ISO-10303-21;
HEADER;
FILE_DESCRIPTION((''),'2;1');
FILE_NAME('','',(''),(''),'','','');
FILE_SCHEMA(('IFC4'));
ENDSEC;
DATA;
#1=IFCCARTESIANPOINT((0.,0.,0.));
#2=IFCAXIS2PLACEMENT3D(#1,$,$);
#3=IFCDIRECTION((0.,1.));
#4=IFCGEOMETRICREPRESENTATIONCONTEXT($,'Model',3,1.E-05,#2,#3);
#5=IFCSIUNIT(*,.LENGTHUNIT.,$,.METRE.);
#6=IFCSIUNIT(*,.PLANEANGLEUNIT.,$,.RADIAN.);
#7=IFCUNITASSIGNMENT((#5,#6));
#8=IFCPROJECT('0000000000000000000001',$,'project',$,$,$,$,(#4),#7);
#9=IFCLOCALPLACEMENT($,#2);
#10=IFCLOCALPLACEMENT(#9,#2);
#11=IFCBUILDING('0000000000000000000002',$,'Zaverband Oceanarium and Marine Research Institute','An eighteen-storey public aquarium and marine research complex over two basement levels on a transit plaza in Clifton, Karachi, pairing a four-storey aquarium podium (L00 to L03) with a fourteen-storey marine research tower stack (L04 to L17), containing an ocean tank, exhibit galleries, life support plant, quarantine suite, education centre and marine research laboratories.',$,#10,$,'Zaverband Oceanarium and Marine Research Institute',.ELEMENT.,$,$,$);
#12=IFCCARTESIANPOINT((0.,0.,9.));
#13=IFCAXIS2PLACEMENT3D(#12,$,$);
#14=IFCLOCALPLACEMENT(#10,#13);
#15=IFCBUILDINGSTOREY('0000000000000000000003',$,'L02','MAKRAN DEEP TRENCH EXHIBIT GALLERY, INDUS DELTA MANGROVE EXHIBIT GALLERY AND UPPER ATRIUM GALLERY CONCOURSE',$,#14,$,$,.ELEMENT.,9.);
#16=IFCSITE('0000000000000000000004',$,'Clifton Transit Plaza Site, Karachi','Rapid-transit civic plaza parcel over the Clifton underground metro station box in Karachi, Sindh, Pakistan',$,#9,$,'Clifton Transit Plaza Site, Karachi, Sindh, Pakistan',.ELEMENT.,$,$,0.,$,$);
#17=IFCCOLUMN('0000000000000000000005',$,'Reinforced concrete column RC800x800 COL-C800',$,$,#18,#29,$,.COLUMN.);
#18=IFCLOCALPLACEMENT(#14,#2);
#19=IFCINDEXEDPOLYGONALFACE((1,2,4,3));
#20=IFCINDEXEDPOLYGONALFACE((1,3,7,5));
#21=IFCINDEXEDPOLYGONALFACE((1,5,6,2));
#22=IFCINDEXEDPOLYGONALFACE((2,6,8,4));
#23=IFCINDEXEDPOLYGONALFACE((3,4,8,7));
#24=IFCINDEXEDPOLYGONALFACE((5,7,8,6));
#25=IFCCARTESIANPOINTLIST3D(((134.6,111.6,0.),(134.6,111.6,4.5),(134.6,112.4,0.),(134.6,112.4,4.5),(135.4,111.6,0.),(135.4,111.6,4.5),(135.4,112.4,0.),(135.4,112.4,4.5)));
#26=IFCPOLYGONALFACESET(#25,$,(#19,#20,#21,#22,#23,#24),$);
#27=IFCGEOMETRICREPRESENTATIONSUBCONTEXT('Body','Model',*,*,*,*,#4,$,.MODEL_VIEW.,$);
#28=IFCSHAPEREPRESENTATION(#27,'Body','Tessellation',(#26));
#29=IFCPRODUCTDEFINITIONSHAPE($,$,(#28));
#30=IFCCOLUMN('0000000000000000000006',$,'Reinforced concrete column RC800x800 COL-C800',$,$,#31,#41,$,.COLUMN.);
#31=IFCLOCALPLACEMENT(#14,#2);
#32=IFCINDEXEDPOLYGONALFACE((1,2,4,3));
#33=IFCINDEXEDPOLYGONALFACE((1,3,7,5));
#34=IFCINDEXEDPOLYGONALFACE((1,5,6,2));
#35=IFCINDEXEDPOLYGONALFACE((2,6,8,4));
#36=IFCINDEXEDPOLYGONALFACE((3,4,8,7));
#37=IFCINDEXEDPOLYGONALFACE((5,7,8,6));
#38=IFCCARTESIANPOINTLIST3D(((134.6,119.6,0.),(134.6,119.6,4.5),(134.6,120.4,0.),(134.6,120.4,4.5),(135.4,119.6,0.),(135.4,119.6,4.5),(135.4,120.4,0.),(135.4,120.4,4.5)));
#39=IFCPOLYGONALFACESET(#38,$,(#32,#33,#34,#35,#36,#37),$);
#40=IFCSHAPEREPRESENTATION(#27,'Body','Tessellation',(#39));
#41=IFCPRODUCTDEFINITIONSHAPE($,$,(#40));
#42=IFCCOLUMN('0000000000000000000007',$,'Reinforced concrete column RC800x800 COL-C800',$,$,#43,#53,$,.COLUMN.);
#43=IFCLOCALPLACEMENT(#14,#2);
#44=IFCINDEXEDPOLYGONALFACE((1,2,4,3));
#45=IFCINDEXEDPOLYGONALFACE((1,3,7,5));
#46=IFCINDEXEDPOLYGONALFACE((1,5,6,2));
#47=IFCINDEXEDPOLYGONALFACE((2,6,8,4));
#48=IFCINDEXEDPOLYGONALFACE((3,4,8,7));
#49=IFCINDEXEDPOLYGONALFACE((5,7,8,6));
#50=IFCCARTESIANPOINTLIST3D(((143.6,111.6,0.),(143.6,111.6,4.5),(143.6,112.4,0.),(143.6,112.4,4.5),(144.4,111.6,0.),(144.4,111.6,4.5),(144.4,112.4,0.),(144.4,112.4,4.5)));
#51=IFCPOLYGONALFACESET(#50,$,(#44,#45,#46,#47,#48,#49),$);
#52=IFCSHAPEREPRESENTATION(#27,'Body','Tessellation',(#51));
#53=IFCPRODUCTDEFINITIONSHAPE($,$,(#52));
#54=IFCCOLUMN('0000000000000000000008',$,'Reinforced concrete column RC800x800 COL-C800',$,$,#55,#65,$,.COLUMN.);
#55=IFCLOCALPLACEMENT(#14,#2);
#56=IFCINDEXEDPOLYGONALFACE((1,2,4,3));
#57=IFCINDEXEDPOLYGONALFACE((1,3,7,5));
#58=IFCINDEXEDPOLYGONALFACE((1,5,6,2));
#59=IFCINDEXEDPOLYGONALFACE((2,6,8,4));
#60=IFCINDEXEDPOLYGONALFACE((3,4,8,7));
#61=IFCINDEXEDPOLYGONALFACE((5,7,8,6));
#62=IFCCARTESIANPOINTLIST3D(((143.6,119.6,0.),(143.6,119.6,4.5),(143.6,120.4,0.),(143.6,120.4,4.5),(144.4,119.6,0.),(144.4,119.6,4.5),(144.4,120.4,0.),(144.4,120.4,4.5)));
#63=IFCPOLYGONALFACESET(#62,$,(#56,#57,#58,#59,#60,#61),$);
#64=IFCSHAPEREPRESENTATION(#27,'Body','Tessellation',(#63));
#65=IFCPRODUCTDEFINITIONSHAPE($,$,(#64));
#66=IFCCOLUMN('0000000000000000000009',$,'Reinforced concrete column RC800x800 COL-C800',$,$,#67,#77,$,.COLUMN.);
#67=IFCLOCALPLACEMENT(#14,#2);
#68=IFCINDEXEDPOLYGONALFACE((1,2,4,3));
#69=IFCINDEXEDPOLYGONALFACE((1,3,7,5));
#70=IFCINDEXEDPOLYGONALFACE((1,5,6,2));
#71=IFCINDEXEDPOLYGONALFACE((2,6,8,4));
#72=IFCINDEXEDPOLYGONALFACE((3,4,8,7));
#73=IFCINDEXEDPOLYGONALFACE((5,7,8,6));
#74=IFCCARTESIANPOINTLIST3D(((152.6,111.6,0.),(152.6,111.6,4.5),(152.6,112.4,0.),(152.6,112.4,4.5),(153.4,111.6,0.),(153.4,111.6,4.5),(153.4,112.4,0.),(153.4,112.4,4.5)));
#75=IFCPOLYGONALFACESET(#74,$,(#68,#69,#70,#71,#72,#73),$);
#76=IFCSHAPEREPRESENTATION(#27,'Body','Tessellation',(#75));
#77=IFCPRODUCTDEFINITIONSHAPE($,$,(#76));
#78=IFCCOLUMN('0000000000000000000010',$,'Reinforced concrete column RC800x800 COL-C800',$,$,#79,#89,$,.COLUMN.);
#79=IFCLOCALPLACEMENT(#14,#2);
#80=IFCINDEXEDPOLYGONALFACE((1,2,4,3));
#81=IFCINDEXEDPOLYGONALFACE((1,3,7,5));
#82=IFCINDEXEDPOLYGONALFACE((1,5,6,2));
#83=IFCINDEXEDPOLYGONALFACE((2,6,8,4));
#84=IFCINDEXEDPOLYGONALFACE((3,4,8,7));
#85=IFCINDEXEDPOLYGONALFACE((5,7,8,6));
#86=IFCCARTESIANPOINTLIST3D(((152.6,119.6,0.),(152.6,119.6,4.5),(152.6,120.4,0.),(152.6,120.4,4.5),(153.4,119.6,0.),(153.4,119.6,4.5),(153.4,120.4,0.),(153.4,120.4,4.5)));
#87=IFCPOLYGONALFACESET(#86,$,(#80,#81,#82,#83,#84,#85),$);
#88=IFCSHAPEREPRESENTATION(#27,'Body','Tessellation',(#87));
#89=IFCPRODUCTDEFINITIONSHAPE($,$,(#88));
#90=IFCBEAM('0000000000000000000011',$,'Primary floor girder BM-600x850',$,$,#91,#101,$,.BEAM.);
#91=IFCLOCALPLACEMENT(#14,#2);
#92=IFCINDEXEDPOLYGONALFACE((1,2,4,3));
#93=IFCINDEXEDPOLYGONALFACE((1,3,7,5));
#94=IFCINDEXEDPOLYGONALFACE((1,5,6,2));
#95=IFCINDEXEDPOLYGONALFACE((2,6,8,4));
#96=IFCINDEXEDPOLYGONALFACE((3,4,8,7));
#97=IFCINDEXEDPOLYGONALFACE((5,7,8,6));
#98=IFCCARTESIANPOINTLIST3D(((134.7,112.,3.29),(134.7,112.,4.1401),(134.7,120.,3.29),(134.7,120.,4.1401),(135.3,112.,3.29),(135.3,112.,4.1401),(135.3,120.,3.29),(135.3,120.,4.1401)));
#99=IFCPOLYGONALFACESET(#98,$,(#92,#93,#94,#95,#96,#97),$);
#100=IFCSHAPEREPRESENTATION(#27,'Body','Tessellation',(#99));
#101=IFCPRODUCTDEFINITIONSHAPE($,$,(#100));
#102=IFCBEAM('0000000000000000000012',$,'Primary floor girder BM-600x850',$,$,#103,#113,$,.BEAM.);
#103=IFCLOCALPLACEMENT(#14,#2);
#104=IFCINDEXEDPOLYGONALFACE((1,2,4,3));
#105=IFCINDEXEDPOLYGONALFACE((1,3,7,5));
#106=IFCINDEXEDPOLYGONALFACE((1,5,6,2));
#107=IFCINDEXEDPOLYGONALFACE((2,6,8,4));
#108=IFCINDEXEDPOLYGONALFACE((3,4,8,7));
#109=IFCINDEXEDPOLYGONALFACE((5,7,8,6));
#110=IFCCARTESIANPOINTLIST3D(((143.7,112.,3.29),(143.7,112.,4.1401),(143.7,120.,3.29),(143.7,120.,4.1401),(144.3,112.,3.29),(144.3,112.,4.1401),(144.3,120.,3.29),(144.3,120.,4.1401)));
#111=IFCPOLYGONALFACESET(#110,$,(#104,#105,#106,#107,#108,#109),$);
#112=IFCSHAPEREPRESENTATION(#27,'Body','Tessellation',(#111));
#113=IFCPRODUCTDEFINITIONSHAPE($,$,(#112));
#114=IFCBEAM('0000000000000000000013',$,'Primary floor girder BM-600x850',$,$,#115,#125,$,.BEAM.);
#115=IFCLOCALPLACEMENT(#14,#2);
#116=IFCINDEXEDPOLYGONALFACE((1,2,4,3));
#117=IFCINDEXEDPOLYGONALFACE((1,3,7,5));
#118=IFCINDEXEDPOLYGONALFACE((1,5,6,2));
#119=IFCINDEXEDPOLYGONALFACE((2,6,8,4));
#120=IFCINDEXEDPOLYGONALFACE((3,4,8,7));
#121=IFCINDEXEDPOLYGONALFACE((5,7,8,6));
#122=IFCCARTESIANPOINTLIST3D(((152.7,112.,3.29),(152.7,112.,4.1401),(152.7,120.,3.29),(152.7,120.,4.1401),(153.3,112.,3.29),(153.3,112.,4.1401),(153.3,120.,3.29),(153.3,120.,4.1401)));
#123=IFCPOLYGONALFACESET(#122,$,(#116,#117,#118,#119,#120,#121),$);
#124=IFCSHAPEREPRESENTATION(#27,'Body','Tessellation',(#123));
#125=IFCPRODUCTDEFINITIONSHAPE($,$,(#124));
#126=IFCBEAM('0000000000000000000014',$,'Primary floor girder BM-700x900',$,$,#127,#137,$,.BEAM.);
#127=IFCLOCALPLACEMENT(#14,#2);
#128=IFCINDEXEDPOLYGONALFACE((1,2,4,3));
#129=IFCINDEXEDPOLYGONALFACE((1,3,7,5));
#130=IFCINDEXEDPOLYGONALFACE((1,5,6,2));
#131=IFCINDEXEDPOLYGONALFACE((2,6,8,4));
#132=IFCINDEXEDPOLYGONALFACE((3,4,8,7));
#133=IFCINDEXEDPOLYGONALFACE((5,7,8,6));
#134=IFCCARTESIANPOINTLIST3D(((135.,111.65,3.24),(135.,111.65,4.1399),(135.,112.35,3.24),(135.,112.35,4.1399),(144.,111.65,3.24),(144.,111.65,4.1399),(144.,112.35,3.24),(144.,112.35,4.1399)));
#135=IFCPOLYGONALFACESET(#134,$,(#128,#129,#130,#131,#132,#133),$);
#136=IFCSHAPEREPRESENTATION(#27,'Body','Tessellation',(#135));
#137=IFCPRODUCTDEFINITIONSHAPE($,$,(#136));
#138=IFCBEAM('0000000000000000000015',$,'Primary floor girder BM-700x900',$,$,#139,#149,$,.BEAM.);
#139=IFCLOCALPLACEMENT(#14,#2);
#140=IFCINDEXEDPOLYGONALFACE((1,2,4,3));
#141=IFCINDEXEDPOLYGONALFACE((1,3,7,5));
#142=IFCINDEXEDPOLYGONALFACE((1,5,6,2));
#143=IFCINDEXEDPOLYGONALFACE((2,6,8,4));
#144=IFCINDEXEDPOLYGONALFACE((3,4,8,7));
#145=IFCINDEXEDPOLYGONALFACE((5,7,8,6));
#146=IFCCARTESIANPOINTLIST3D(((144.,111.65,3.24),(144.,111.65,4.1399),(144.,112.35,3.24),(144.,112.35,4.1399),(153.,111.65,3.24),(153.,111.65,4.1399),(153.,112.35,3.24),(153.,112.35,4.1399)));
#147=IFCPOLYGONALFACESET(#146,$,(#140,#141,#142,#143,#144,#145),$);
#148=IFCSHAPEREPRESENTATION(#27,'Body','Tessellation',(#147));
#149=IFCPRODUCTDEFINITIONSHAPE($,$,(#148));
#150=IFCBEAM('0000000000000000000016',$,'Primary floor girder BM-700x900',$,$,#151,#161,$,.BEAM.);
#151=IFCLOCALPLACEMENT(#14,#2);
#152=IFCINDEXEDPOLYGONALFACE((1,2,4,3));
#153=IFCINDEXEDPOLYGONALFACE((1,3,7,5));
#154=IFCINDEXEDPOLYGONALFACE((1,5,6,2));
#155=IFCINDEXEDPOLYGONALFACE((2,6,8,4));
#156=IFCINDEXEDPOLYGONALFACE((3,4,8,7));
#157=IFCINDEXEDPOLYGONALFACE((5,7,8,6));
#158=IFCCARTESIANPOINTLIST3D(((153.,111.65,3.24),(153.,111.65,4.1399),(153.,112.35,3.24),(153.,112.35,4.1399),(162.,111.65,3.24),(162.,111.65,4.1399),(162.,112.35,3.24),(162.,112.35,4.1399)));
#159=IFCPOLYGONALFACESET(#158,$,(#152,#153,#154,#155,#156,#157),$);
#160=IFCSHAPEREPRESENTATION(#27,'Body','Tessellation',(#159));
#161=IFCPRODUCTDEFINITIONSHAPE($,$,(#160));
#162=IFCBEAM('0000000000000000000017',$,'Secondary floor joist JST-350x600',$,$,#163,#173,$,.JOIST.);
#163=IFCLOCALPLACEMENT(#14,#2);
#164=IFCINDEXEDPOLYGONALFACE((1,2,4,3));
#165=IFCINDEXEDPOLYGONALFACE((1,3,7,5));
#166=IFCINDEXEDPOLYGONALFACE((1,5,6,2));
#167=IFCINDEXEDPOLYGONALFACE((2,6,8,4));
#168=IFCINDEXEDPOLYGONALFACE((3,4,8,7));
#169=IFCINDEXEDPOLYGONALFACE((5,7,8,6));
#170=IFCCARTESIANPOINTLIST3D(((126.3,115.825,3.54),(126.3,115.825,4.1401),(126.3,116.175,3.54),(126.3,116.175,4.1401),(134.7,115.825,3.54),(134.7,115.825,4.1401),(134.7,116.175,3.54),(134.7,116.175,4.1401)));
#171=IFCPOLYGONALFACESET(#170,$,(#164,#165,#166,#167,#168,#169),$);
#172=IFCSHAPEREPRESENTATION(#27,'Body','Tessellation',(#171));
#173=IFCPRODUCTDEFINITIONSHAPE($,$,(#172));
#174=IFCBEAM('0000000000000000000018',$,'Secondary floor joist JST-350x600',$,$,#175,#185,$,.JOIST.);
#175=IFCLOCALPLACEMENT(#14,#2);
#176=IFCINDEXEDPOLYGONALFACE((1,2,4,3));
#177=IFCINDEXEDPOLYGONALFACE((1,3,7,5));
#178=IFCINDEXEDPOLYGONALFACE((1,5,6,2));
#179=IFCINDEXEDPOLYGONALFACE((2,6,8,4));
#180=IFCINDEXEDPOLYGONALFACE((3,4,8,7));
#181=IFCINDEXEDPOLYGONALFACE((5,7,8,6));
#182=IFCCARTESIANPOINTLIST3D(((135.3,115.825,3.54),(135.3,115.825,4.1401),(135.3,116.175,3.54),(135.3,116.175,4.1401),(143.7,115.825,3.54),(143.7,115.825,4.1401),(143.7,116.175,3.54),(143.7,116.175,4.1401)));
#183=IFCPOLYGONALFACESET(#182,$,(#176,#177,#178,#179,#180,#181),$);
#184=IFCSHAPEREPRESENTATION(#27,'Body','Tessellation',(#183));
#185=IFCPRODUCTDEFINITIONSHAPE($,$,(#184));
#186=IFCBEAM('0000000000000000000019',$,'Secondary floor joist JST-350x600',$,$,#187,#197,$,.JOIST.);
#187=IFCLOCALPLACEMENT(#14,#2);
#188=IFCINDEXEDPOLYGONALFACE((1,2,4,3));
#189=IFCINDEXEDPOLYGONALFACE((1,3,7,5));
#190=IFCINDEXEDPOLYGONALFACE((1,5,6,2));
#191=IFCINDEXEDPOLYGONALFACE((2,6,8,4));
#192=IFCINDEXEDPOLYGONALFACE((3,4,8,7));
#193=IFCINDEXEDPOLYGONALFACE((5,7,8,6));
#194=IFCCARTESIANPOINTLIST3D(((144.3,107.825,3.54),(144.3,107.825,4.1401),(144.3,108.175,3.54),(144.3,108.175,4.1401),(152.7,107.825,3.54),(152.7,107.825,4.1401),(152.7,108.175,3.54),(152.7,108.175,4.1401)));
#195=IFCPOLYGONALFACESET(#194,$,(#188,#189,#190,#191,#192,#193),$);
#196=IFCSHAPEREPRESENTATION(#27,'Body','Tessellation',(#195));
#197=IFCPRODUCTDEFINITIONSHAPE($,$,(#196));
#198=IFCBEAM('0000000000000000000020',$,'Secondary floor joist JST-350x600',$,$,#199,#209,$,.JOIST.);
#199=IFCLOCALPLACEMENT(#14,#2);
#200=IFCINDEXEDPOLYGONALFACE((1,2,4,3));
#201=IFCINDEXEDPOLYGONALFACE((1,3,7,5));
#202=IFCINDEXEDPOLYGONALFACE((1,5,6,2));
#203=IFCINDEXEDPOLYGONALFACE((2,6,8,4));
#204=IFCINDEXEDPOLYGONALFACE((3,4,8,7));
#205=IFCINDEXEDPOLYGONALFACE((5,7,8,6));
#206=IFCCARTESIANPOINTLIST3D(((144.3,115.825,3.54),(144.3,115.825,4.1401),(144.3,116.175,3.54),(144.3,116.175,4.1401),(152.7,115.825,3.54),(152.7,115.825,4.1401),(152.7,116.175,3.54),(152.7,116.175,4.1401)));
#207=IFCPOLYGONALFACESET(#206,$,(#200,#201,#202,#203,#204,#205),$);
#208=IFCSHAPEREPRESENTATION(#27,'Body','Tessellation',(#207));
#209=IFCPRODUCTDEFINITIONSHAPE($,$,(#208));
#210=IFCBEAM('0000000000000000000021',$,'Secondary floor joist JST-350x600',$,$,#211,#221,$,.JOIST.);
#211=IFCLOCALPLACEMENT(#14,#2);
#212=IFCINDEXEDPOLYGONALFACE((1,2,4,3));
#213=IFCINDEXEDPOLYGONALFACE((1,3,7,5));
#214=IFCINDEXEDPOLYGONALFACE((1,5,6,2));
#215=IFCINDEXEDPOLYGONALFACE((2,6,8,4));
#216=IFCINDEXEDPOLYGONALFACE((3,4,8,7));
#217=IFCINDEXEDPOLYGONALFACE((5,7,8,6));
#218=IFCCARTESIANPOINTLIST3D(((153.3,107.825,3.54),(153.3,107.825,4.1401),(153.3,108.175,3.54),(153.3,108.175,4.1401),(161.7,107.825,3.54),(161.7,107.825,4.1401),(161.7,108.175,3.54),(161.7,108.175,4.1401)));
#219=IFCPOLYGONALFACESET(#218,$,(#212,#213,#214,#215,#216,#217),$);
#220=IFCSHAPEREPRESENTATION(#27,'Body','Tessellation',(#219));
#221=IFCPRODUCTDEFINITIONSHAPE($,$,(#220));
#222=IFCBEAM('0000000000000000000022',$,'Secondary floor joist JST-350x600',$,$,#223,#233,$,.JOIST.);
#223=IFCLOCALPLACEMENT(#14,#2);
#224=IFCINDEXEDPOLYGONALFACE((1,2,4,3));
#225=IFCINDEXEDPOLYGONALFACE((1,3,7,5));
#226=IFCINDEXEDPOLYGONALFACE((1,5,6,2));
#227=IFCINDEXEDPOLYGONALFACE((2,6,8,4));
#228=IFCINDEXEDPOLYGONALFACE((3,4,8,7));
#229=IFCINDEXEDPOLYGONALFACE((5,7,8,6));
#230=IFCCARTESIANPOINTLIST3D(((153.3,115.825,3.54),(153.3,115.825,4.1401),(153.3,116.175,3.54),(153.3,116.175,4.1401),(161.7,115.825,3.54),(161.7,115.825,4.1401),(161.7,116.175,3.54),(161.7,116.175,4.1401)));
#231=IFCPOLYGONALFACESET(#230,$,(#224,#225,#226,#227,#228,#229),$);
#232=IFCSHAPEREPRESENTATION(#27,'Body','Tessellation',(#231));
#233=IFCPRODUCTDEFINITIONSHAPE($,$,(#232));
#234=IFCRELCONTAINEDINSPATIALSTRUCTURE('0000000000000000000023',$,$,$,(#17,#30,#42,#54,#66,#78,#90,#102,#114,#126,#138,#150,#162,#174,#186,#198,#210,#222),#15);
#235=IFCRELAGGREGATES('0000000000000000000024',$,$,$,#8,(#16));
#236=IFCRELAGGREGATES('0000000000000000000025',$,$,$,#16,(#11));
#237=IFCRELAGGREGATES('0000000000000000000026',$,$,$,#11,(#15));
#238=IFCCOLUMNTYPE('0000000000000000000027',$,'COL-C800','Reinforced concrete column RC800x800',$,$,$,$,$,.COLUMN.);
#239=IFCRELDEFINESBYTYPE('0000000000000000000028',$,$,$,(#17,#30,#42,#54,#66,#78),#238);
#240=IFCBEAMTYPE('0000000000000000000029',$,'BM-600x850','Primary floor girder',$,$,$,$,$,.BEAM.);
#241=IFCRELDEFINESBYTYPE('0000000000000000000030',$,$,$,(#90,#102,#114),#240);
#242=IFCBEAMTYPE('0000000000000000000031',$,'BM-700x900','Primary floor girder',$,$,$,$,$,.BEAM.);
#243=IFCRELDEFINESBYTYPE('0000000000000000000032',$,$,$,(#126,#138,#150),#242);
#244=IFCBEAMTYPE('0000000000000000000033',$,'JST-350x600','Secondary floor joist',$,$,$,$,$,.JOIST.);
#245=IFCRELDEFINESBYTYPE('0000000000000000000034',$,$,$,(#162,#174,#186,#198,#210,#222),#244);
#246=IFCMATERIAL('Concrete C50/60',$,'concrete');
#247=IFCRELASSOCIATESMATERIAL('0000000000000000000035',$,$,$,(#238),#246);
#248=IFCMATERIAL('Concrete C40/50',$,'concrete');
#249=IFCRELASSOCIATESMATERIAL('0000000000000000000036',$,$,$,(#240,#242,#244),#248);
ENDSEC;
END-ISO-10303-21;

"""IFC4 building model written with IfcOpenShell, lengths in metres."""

from ifc_helpers import new_model, si_unit, direction, frame, origin, origin_2d, place, context, subcontext, project, spatial, rectangle, extrude, material, material_profile, profile_set, type_object, element, save


model = new_model("IFC4")

# Units and contexts
model_context = context("Model", 3, precision=1e-05, world=origin(), true_north=direction((0.0, 1.0)))
body_context = subcontext(model_context, "Body", "Model", "MODEL_VIEW")
ifc_project = project(units=[si_unit("LENGTHUNIT", "METRE"), si_unit("PLANEANGLEUNIT", "RADIAN")], contexts=[model_context])

# Site, building, storey
site_placement = place(None, origin())
site = spatial("IfcSite", under=ifc_project, at=site_placement, Name="Clifton Transit Plaza Site, Karachi", Description="Rapid-transit civic plaza parcel over the Clifton underground metro station box in Karachi, Sindh, Pakistan", LongName="Clifton Transit Plaza Site, Karachi, Sindh, Pakistan", CompositionType="ELEMENT", RefElevation=0.0)
building_placement = place(site_placement, origin())
building = spatial("IfcBuilding", under=site, at=building_placement, Name="Zaverband Oceanarium and Marine Research Institute", Description="An eighteen-storey public aquarium and marine research complex over two basement levels on a transit plaza in Clifton, Karachi, pairing a four-storey aquarium podium (L00 to L03) with a fourteen-storey marine research tower stack (L04 to L17), containing an ocean tank, exhibit galleries, life support plant, quarantine suite, education centre and marine research laboratories.", LongName="Zaverband Oceanarium and Marine Research Institute", CompositionType="ELEMENT")
storey_placement = place(building_placement, frame((0.0, 0.0, 9.0)))
storey = spatial("IfcBuildingStorey", under=building, at=storey_placement, Name="L02", Description="MAKRAN DEEP TRENCH EXHIBIT GALLERY, INDUS DELTA MANGROVE EXHIBIT GALLERY AND UPPER ATRIUM GALLERY CONCOURSE", CompositionType="ELEMENT", Elevation=9.0)

# Columns
ifc_material_1 = material(Name="Concrete C50/60", Category="concrete")
ifc_material_profile_1 = material_profile(ifc_material_1, rectangle(XDim=0.8, YDim=0.8, at=origin_2d()), Name="RC800x800")
ifc_profile_set_1 = profile_set([ifc_material_profile_1], Name="Concrete C50/60")
column_type = type_object("IfcColumnType", Name="COL-C800", Description="Reinforced concrete column RC800x800", PredefinedType="COLUMN", material=ifc_profile_set_1)
for number, where, z_axis, x_axis, name in (
    (1, (135.0, 112.0, 0.0), (0.0, 0.0, 1.0), (1.0, 0.0, 0.0), "Reinforced concrete column RC800x800 COL-C800"),
    (2, (135.0, 120.0, 0.0), (0.0, 0.0, 1.0), (1.0, 0.0, 0.0), "Reinforced concrete column RC800x800 COL-C800"),
    (3, (144.0, 112.0, 0.0), (0.0, 0.0, 1.0), (1.0, 0.0, 0.0), "Reinforced concrete column RC800x800 COL-C800"),
    (4, (144.0, 120.0, 0.0), (0.0, 0.0, 1.0), (1.0, 0.0, 0.0), "Reinforced concrete column RC800x800 COL-C800"),
    (5, (153.0, 112.0, 0.0), (0.0, 0.0, 1.0), (1.0, 0.0, 0.0), "Reinforced concrete column RC800x800 COL-C800"),
    (6, (153.0, 120.0, 0.0), (0.0, 0.0, 1.0), (1.0, 0.0, 0.0), "Reinforced concrete column RC800x800 COL-C800"),
):
    element("IfcColumn", number, at=place(storey_placement, frame(where, z_axis=z_axis, x_axis=x_axis)), inside=storey, type_object=column_type, Name=name, PredefinedType="COLUMN", context=body_context, shape_type="SweptSolid", body=[
        extrude(rectangle(XDim=0.8, YDim=0.8, at=origin_2d()), origin(), (0.0, 0.0, 1.0), 4.5),
    ])

# Beams
ifc_material_2 = material(Name="Concrete C40/50", Category="concrete")
ifc_material_profile_2 = material_profile(ifc_material_2, rectangle(XDim=0.6001, YDim=0.8501, at=origin_2d()), Name="RC600x850")
ifc_profile_set_2 = profile_set([ifc_material_profile_2], Name="Concrete C40/50")
beam_type_1 = type_object("IfcBeamType", Name="BM-600x850", Description="Primary floor girder", PredefinedType="BEAM", material=ifc_profile_set_2)
for number, where, z_axis, x_axis, name in (
    (7, (135.0, 112.0, 3.7151), (0.0, 1.0, 0.0), (-1.0, 0.0, 0.0), "Primary floor girder BM-600x850"),
    (8, (144.0, 112.0, 3.7151), (0.0, 1.0, 0.0), (-1.0, 0.0, 0.0), "Primary floor girder BM-600x850"),
    (9, (153.0, 112.0, 3.7151), (0.0, 1.0, 0.0), (-1.0, 0.0, 0.0), "Primary floor girder BM-600x850"),
):
    element("IfcBeam", number, at=place(storey_placement, frame(where, z_axis=z_axis, x_axis=x_axis)), inside=storey, type_object=beam_type_1, Name=name, PredefinedType="BEAM", context=body_context, shape_type="SweptSolid", body=[
        extrude(rectangle(XDim=0.6001, YDim=0.8501, at=origin_2d()), origin(), (0.0, 0.0, 1.0), 8.0),
    ])
ifc_material_profile_3 = material_profile(ifc_material_2, rectangle(XDim=0.7, YDim=0.8999, at=origin_2d()), Name="RC700x900")
ifc_profile_set_3 = profile_set([ifc_material_profile_3], Name="Concrete C40/50")
beam_type_2 = type_object("IfcBeamType", Name="BM-700x900", Description="Primary floor girder", PredefinedType="BEAM", material=ifc_profile_set_3)
for number, where, z_axis, x_axis, name in (
    (10, (135.0, 112.0, 3.6899), (1.0, 0.0, 0.0), (0.0, 1.0, 0.0), "Primary floor girder BM-700x900"),
    (11, (144.0, 112.0, 3.6899), (1.0, 0.0, 0.0), (0.0, 1.0, 0.0), "Primary floor girder BM-700x900"),
    (12, (153.0, 112.0, 3.6899), (1.0, 0.0, 0.0), (0.0, 1.0, 0.0), "Primary floor girder BM-700x900"),
):
    element("IfcBeam", number, at=place(storey_placement, frame(where, z_axis=z_axis, x_axis=x_axis)), inside=storey, type_object=beam_type_2, Name=name, PredefinedType="BEAM", context=body_context, shape_type="SweptSolid", body=[
        extrude(rectangle(XDim=0.7, YDim=0.8999, at=origin_2d()), origin(), (0.0, 0.0, 1.0), 9.0),
    ])
ifc_material_profile_4 = material_profile(ifc_material_2, rectangle(XDim=0.3501, YDim=0.6001, at=origin_2d()), Name="RC350x600")
ifc_profile_set_4 = profile_set([ifc_material_profile_4], Name="Concrete C40/50")
beam_type_3 = type_object("IfcBeamType", Name="JST-350x600", Description="Secondary floor joist", PredefinedType="JOIST", material=ifc_profile_set_4)
for number, where, z_axis, x_axis, name in (
    (13, (126.3, 116.0, 3.8401), (1.0, 0.0, 0.0), (0.0, 1.0, 0.0), "Secondary floor joist JST-350x600"),
    (14, (135.3, 116.0, 3.8401), (1.0, 0.0, 0.0), (0.0, 1.0, 0.0), "Secondary floor joist JST-350x600"),
    (15, (144.3, 108.0, 3.8401), (1.0, 0.0, 0.0), (0.0, 1.0, 0.0), "Secondary floor joist JST-350x600"),
    (16, (144.3, 116.0, 3.8401), (1.0, 0.0, 0.0), (0.0, 1.0, 0.0), "Secondary floor joist JST-350x600"),
    (17, (153.3, 108.0, 3.8401), (1.0, 0.0, 0.0), (0.0, 1.0, 0.0), "Secondary floor joist JST-350x600"),
    (18, (153.3, 116.0, 3.8401), (1.0, 0.0, 0.0), (0.0, 1.0, 0.0), "Secondary floor joist JST-350x600"),
):
    element("IfcBeam", number, at=place(storey_placement, frame(where, z_axis=z_axis, x_axis=x_axis)), inside=storey, type_object=beam_type_3, Name=name, PredefinedType="JOIST", context=body_context, shape_type="SweptSolid", body=[
        extrude(rectangle(XDim=0.3501, YDim=0.6001, at=origin_2d()), origin(), (0.0, 0.0, 1.0), 8.3999),
    ])

save(model, "model.ifc")
